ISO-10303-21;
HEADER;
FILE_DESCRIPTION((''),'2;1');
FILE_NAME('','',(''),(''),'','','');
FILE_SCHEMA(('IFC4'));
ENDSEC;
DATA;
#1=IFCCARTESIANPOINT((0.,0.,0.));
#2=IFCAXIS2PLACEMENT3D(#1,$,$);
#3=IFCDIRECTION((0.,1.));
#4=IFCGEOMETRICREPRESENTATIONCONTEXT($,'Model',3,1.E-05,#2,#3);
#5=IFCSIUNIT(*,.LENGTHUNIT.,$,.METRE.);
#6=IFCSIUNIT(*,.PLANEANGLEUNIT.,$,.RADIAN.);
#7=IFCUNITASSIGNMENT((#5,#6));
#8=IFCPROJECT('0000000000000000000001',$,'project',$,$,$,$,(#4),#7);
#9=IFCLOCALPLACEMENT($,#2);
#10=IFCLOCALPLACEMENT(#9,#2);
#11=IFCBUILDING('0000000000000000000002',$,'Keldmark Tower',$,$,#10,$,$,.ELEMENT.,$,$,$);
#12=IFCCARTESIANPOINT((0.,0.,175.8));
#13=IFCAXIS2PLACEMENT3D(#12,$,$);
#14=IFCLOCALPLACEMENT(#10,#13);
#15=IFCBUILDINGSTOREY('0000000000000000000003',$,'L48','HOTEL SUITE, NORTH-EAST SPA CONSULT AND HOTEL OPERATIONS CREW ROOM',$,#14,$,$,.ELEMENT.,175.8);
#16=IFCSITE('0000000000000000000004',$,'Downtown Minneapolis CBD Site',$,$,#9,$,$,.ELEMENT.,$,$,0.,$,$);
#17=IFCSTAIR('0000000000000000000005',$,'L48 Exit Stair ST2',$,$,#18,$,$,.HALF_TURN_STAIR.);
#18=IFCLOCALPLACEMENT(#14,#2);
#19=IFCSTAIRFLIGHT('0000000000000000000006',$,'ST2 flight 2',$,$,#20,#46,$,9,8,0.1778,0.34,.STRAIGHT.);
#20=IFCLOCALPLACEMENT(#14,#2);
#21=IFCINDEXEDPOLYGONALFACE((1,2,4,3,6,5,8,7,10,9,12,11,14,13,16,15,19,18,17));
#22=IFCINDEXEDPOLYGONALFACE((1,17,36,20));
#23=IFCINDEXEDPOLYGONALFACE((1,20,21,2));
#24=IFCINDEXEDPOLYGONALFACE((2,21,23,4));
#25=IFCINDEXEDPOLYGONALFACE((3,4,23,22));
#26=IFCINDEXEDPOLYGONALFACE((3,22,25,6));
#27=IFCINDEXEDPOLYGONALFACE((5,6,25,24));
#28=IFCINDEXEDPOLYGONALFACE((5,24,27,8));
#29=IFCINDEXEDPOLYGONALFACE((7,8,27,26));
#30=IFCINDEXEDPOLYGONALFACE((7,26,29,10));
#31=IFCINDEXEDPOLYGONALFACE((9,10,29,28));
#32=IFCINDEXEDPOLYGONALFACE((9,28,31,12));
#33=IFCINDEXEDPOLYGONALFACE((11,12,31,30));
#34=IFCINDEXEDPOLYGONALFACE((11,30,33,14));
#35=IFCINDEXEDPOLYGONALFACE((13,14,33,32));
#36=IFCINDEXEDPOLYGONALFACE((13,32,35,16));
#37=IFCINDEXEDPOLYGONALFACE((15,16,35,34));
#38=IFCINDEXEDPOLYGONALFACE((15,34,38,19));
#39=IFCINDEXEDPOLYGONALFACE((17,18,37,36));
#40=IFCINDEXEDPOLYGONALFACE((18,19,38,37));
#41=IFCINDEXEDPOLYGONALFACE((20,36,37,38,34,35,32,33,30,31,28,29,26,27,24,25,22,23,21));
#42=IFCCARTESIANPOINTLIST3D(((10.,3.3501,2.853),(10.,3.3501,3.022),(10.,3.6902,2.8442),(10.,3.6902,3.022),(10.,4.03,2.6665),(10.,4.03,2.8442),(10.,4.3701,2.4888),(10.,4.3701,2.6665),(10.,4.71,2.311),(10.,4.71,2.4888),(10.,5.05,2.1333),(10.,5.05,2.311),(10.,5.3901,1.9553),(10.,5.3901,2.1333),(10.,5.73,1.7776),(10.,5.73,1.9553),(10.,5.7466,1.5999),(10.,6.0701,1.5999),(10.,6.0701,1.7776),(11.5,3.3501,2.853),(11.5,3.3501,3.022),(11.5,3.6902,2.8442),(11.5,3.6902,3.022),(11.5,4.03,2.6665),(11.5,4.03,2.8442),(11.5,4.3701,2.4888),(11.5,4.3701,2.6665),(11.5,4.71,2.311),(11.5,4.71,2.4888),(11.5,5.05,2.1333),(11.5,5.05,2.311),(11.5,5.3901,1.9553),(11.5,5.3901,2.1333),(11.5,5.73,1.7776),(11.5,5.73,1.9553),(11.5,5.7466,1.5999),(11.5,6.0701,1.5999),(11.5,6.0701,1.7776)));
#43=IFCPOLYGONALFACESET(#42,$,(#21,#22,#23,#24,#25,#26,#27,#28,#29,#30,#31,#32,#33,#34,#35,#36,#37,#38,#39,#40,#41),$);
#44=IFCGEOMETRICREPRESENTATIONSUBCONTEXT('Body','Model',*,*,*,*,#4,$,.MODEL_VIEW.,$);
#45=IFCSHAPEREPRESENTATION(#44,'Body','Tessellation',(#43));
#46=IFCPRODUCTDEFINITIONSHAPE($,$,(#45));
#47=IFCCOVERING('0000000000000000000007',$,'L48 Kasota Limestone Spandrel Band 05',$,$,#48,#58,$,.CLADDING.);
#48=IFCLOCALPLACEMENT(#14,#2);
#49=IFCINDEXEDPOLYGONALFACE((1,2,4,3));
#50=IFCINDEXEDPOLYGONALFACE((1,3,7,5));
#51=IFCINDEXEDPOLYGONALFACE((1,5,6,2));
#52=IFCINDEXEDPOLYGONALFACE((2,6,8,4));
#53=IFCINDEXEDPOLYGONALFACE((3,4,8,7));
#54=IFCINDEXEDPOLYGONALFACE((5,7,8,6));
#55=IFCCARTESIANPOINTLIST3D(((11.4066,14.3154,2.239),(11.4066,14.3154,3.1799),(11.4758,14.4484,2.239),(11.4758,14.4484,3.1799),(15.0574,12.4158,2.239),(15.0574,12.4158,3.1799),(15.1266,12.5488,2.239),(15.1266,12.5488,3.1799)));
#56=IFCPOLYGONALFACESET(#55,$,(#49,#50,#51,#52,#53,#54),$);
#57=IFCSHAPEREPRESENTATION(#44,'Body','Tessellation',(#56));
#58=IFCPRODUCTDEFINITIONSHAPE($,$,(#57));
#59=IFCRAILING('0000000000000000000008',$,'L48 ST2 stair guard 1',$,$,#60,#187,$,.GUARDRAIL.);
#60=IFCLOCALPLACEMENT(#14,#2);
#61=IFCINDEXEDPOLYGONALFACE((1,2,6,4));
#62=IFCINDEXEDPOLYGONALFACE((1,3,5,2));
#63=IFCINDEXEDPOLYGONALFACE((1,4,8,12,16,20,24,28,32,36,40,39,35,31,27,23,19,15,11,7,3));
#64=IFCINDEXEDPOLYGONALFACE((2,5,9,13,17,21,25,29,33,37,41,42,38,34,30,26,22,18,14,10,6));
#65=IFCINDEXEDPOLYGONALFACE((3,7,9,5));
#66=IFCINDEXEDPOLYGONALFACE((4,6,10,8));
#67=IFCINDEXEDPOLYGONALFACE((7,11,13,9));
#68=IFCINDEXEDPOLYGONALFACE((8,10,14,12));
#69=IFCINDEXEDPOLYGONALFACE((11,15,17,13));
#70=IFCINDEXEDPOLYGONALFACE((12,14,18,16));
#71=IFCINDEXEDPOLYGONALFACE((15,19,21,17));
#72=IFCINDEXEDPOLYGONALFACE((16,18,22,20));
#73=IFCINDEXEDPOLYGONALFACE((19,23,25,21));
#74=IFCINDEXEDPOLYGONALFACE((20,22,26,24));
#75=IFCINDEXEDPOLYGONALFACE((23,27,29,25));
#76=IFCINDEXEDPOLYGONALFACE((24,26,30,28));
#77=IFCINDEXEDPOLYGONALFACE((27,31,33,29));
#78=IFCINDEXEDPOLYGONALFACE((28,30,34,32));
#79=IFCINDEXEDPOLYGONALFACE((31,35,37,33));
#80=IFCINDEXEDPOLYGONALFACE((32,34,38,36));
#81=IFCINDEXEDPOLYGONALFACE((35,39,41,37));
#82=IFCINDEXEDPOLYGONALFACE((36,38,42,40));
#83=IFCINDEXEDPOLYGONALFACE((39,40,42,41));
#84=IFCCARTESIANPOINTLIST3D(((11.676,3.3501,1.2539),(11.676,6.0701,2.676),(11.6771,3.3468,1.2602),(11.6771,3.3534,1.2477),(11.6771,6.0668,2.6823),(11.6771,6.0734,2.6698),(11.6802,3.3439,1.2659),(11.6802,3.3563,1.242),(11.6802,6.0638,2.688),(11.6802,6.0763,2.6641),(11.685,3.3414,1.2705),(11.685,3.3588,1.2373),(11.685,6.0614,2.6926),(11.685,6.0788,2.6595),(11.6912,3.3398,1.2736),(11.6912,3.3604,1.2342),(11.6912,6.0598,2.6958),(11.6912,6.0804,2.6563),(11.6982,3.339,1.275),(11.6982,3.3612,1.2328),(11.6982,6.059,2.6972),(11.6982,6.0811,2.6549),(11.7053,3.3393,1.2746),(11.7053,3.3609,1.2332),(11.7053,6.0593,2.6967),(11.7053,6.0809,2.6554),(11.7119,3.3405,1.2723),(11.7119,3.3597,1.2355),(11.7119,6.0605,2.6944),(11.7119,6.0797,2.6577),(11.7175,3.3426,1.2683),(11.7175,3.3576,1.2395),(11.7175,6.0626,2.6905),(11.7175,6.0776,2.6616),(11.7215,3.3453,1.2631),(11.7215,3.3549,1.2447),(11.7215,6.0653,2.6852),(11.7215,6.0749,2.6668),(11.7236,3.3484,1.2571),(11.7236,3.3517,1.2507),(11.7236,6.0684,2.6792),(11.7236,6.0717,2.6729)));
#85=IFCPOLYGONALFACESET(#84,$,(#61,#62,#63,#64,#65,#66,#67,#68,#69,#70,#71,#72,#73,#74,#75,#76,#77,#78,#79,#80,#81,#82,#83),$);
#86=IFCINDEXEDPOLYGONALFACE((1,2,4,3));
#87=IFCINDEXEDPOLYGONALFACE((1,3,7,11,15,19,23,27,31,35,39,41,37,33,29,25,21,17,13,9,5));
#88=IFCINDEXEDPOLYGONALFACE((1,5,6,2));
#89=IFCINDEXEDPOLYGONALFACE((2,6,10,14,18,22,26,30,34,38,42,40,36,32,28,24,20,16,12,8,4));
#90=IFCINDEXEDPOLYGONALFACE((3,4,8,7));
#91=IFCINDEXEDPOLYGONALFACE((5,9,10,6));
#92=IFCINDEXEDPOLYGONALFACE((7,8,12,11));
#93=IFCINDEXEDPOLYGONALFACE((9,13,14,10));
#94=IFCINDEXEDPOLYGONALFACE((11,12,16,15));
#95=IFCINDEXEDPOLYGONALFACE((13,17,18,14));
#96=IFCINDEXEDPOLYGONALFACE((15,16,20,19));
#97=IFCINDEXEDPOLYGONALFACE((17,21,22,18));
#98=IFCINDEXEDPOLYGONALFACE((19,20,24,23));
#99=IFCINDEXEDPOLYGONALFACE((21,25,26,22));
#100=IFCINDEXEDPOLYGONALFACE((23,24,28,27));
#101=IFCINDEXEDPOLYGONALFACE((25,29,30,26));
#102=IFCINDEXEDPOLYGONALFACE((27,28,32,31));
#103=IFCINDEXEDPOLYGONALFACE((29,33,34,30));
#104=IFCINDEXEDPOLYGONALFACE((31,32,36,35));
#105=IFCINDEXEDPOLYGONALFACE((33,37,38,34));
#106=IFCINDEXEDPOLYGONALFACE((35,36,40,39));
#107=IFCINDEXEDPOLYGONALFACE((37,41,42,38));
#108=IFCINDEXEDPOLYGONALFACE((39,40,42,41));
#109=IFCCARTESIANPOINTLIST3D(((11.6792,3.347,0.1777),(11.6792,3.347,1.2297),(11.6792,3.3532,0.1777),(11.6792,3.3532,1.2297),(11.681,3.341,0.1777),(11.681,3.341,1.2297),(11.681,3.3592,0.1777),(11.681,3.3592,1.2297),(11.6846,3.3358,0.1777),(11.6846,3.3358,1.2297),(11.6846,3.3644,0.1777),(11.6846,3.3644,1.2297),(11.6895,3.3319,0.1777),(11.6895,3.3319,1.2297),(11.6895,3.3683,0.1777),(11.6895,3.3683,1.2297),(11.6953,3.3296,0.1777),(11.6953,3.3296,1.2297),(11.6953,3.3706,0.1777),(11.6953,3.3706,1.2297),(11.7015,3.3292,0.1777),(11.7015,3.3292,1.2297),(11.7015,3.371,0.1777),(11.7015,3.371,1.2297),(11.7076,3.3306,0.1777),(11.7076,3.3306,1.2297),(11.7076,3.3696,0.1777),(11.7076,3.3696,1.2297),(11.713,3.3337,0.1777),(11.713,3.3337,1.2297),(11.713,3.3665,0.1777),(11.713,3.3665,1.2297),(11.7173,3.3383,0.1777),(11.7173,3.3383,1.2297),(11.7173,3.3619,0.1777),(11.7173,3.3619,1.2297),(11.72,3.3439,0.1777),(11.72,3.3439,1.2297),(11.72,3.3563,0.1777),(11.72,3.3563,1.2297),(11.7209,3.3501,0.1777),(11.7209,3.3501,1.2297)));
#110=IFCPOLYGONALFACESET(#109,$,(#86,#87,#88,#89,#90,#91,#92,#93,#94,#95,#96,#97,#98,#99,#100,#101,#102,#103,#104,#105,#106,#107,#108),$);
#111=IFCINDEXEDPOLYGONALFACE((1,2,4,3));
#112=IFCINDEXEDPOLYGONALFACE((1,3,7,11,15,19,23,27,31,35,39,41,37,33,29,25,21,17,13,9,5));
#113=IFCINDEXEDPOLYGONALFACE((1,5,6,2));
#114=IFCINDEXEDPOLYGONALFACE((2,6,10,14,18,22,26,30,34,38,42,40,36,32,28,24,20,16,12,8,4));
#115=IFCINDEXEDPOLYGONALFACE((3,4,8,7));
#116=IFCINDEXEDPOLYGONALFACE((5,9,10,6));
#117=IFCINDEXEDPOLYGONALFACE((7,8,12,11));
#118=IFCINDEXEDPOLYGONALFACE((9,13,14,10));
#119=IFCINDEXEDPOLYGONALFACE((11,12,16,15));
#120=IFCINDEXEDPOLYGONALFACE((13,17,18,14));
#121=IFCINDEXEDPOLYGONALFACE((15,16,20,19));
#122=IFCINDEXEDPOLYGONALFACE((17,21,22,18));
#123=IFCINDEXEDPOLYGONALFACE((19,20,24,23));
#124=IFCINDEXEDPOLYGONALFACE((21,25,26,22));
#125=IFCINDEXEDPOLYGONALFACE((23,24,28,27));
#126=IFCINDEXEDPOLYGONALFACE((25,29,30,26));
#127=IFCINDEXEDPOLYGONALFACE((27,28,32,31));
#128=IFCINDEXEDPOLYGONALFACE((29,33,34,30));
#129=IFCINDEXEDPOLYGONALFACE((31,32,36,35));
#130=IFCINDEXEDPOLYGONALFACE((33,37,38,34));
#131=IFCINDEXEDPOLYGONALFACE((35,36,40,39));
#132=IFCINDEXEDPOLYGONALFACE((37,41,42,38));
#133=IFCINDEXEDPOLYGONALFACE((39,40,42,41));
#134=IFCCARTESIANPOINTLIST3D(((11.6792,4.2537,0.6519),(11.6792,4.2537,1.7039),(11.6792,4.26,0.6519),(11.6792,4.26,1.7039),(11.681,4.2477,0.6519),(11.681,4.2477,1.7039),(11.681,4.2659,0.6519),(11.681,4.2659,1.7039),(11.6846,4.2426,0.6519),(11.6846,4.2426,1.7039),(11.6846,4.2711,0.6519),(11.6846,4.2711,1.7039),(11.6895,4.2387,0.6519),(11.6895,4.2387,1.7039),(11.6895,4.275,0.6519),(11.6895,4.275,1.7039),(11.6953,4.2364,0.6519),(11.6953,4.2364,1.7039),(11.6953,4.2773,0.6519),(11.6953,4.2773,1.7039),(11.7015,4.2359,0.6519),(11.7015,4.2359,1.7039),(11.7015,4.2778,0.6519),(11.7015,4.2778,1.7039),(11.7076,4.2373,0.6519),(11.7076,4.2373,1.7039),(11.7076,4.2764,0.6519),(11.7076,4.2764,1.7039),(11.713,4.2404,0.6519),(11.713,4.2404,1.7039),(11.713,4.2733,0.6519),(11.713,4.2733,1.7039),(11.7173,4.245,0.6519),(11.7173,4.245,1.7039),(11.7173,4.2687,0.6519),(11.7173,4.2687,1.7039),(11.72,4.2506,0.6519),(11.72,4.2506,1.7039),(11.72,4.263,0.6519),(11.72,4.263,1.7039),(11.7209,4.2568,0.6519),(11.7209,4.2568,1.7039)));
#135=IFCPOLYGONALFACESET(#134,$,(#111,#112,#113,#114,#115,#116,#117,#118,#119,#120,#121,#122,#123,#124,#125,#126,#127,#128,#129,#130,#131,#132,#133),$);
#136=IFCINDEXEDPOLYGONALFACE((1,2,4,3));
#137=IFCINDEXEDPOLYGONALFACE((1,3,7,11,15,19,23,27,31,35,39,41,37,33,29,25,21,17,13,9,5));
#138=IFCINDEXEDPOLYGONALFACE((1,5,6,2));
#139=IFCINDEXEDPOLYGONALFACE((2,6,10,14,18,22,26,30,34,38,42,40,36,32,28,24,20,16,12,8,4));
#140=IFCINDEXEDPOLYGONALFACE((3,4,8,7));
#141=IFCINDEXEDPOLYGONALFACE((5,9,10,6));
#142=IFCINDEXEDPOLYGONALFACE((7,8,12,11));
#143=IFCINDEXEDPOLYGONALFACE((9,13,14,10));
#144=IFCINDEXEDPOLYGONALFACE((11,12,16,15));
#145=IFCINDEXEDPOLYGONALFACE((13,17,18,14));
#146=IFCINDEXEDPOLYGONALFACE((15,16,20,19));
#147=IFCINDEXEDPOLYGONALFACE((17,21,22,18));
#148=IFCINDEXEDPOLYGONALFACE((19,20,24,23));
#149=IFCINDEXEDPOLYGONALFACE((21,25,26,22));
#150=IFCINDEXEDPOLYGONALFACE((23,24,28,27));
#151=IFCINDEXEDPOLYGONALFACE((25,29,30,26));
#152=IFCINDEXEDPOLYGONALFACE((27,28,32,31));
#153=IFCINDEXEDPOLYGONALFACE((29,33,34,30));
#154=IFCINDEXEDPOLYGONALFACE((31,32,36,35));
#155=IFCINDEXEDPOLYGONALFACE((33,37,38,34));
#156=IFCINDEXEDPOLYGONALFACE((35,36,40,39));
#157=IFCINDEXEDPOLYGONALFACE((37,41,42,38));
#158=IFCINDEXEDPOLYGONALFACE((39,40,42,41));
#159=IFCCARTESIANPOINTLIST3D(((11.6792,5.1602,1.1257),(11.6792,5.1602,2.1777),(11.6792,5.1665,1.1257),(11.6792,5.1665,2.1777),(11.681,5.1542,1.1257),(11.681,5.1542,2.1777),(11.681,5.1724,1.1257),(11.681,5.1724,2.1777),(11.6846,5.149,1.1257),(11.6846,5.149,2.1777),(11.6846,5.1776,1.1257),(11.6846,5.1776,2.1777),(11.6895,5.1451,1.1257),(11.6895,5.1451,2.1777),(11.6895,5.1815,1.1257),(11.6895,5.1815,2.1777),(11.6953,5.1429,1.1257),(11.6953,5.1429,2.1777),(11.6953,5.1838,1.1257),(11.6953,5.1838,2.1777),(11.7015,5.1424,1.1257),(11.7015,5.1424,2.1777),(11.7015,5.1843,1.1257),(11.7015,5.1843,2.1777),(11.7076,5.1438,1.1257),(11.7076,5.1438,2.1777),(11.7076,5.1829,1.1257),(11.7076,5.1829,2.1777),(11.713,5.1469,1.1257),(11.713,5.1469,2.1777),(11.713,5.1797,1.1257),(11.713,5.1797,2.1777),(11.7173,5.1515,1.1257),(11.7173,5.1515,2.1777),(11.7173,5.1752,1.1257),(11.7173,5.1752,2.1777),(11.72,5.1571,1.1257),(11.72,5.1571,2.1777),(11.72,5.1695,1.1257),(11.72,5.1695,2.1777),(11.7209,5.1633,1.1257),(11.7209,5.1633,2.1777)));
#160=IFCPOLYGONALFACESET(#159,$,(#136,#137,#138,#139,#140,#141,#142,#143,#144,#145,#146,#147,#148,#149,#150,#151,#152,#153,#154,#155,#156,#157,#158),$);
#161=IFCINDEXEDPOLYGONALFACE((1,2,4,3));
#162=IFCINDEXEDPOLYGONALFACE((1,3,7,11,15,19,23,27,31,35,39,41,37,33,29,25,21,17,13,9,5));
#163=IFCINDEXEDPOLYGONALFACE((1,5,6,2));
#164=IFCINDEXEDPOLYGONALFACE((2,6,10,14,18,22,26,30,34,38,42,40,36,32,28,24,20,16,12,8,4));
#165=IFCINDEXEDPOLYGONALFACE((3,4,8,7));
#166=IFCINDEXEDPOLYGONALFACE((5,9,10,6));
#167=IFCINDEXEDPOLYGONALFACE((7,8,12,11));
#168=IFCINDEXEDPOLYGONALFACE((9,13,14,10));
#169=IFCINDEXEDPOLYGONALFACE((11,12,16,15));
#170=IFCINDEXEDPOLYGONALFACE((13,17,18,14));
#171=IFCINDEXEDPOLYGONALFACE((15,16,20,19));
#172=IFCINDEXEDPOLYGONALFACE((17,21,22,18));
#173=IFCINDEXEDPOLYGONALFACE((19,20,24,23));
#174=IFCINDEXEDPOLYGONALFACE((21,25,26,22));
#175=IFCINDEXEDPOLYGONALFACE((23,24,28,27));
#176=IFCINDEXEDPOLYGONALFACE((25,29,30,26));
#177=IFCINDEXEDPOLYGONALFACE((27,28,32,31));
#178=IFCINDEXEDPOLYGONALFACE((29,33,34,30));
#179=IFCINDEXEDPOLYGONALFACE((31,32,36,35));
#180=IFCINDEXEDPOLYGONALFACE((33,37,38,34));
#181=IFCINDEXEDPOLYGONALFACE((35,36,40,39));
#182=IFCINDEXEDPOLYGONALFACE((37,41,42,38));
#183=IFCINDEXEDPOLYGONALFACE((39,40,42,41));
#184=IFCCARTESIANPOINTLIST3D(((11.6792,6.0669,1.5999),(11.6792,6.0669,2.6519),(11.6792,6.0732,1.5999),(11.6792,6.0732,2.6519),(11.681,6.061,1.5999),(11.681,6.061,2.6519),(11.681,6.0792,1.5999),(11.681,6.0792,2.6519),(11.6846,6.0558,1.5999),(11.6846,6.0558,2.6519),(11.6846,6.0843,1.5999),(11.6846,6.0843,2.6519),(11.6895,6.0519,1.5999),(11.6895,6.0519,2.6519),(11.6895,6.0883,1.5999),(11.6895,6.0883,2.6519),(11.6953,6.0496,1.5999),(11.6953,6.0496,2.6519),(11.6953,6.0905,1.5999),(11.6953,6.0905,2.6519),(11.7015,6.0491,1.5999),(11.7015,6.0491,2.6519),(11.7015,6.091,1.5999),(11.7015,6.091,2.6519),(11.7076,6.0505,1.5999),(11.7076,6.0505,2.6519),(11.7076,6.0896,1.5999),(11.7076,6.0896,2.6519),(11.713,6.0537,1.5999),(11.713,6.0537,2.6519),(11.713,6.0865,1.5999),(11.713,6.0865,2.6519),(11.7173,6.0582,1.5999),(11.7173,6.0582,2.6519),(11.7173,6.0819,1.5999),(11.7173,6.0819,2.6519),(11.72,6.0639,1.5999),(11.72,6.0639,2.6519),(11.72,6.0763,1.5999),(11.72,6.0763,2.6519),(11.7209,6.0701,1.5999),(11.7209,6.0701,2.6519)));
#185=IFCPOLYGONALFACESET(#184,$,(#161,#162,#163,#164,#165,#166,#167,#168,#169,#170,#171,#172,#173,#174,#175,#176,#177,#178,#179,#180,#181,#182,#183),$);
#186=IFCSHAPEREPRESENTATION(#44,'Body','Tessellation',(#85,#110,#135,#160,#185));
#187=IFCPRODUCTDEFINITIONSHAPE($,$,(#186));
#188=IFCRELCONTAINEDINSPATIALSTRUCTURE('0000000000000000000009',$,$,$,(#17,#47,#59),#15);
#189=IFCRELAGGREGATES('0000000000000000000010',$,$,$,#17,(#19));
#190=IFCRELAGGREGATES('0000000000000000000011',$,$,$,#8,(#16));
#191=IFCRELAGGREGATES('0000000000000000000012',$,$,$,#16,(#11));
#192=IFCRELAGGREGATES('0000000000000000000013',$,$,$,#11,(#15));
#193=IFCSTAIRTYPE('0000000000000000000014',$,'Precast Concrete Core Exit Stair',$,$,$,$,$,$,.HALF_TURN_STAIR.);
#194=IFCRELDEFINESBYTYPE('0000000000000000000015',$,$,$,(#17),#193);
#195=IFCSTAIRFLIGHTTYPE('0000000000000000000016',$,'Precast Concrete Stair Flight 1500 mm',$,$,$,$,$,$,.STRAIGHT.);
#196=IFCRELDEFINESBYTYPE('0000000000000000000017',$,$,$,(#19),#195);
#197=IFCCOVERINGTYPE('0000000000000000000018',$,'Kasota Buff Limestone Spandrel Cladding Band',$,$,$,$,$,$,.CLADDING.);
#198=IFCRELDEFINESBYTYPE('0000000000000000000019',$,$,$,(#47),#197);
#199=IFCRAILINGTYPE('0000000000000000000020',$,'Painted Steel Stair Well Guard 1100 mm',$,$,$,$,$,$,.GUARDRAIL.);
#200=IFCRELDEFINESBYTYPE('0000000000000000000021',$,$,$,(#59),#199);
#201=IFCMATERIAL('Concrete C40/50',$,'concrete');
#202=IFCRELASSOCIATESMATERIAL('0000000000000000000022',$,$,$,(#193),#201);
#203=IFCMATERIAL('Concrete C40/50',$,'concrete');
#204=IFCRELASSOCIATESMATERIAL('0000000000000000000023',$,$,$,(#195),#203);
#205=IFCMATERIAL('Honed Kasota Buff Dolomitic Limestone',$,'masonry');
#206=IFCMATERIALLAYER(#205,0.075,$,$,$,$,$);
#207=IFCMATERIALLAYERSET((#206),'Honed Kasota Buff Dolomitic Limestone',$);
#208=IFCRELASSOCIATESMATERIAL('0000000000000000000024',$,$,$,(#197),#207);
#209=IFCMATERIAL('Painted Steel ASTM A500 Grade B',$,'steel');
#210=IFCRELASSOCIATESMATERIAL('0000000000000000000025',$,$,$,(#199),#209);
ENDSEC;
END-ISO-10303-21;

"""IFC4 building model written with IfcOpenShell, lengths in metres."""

from ifc_helpers import new_model, si_unit, direction, frame, origin, origin_2d, place, context, subcontext, project, spatial, polyline, rectangle, circle, outline, extrude, material, layer, layer_set, type_object, element, aggregate, save


model = new_model("IFC4")

# Units and contexts
model_context = context("Model", 3, precision=1e-05, world=origin(), true_north=direction((0.0, 1.0)))
body_context = subcontext(model_context, "Body", "Model", "MODEL_VIEW")
ifc_project = project(units=[si_unit("LENGTHUNIT", "METRE"), si_unit("PLANEANGLEUNIT", "RADIAN")], contexts=[model_context])

# Site, building, storey
site_placement = place(None, origin())
site = spatial("IfcSite", under=ifc_project, at=site_placement, Name="Downtown Minneapolis CBD Site", CompositionType="ELEMENT", RefElevation=0.0)
building_placement = place(site_placement, origin())
building = spatial("IfcBuilding", under=site, at=building_placement, Name="Keldmark Tower", CompositionType="ELEMENT")
storey_placement = place(building_placement, frame((0.0, 0.0, 175.8)))
storey = spatial("IfcBuildingStorey", under=building, at=storey_placement, Name="L48", Description="HOTEL SUITE, NORTH-EAST SPA CONSULT AND HOTEL OPERATIONS CREW ROOM", CompositionType="ELEMENT", Elevation=175.8)

# Stair, stair flight
ifc_material_1 = material(Name="Concrete C40/50", Category="concrete")
stair_type = type_object("IfcStairType", Name="Precast Concrete Core Exit Stair", PredefinedType="HALF_TURN_STAIR", material=ifc_material_1)
stair_placement = place(storey_placement, origin())
stair = element("IfcStair", 1, at=stair_placement, inside=storey, type_object=stair_type, Name="L48 Exit Stair ST2", PredefinedType="HALF_TURN_STAIR")
ifc_material_2 = material(Name="Concrete C40/50", Category="concrete")
stair_flight_type = type_object("IfcStairFlightType", Name="Precast Concrete Stair Flight 1500 mm", PredefinedType="STRAIGHT", material=ifc_material_2)
stair_flight_1_placement = place(storey_placement, frame((10.75, 6.0701, 1.5999), z_axis=(0.0, 0.0, 1.0), x_axis=(0.0, -1.0, 0.0)))
stair_flight_1 = element("IfcStairFlight", 2, at=stair_flight_1_placement, type_object=stair_flight_type, Name="ST2 flight 2", NumberOfRisers=9, NumberOfTreads=8, PredefinedType="STRAIGHT", RiserHeight=0.1778, TreadLength=0.34, context=body_context, shape_type="SweptSolid", body=[
    extrude(outline(polyline([(0.0, 0.0), (0.0, 0.1777), (0.3401, 0.1777), (0.3401, 0.3555), (0.6799, 0.3555), (0.6799, 0.5334), (1.02, 0.5334), (1.02, 0.7112), (1.3601, 0.7112), (1.3601, 0.8889), (1.7, 0.8889), (1.7, 1.0667), (2.04, 1.0667), (2.04, 1.2444), (2.3799, 1.2444), (2.3799, 1.4221), (2.72, 1.4221), (2.72, 1.6001), (2.72, 1.2532), (0.3235, 0.0), (0.0, 0.0)])), frame((0.0, 0.75, 0.0), z_axis=(0.0, -1.0, 0.0), x_axis=(1.0, 0.0, 0.0)), (0.0, 0.0, 1.0), 1.5),
])
aggregate(stair, [stair_flight_1])

# Covering
ifc_material_3 = material(Name="Honed Kasota Buff Dolomitic Limestone", Category="masonry")
ifc_layer_1 = layer(ifc_material_3, 0.075)
ifc_layer_set_1 = layer_set([ifc_layer_1], Name="Honed Kasota Buff Dolomitic Limestone")
covering_type = type_object("IfcCoveringType", Name="Kasota Buff Limestone Spandrel Cladding Band", PredefinedType="CLADDING", material=ifc_layer_set_1)
covering_placement = place(storey_placement, frame((13.2666, 13.4321, 2.239), z_axis=(0.0, 0.0, 1.0), x_axis=(-0.887099, 0.461578, 0.0)))
element("IfcCovering", 3, at=covering_placement, inside=storey, type_object=covering_type, Name="L48 Kasota Limestone Spandrel Band 05", PredefinedType="CLADDING", context=body_context, shape_type="SweptSolid", body=[
    extrude(rectangle(XDim=4.1155, YDim=0.1499, at=origin_2d()), origin(), (0.0, 0.0, 1.0), 0.9409),
])

# Railing
ifc_material_4 = material(Name="Painted Steel ASTM A500 Grade B", Category="steel")
railing_type_1 = type_object("IfcRailingType", Name="Painted Steel Stair Well Guard 1100 mm", PredefinedType="GUARDRAIL", material=ifc_material_4)
railing_1_placement = place(storey_placement, frame((11.7, 3.3501, 0.1777)))
element("IfcRailing", 4, at=railing_1_placement, inside=storey, type_object=railing_type_1, Name="L48 ST2 stair guard 1", PredefinedType="GUARDRAIL", context=body_context, shape_type="SweptSolid", body=[
    extrude(circle(Radius=0.0239, at=origin_2d()), frame((0.0, 0.0, 1.0762), z_axis=(0.0, 0.886183, 0.463335), x_axis=(-1.0, 0.0, 0.0)), (0.0, 0.0, 1.0), 3.0693),
    extrude(circle(Radius=0.021, at=origin_2d()), origin(), (0.0, 0.0, 1.0), 1.052),
    extrude(circle(Radius=0.021, at=origin_2d()), frame((0.0, 0.9067, 0.4741)), (0.0, 0.0, 1.0), 1.052),
    extrude(circle(Radius=0.021, at=origin_2d()), frame((0.0, 1.8132, 0.948)), (0.0, 0.0, 1.0), 1.052),
    extrude(circle(Radius=0.021, at=origin_2d()), frame((0.0, 2.72, 1.4221)), (0.0, 0.0, 1.0), 1.052),
])

save(model, "model.ifc")
